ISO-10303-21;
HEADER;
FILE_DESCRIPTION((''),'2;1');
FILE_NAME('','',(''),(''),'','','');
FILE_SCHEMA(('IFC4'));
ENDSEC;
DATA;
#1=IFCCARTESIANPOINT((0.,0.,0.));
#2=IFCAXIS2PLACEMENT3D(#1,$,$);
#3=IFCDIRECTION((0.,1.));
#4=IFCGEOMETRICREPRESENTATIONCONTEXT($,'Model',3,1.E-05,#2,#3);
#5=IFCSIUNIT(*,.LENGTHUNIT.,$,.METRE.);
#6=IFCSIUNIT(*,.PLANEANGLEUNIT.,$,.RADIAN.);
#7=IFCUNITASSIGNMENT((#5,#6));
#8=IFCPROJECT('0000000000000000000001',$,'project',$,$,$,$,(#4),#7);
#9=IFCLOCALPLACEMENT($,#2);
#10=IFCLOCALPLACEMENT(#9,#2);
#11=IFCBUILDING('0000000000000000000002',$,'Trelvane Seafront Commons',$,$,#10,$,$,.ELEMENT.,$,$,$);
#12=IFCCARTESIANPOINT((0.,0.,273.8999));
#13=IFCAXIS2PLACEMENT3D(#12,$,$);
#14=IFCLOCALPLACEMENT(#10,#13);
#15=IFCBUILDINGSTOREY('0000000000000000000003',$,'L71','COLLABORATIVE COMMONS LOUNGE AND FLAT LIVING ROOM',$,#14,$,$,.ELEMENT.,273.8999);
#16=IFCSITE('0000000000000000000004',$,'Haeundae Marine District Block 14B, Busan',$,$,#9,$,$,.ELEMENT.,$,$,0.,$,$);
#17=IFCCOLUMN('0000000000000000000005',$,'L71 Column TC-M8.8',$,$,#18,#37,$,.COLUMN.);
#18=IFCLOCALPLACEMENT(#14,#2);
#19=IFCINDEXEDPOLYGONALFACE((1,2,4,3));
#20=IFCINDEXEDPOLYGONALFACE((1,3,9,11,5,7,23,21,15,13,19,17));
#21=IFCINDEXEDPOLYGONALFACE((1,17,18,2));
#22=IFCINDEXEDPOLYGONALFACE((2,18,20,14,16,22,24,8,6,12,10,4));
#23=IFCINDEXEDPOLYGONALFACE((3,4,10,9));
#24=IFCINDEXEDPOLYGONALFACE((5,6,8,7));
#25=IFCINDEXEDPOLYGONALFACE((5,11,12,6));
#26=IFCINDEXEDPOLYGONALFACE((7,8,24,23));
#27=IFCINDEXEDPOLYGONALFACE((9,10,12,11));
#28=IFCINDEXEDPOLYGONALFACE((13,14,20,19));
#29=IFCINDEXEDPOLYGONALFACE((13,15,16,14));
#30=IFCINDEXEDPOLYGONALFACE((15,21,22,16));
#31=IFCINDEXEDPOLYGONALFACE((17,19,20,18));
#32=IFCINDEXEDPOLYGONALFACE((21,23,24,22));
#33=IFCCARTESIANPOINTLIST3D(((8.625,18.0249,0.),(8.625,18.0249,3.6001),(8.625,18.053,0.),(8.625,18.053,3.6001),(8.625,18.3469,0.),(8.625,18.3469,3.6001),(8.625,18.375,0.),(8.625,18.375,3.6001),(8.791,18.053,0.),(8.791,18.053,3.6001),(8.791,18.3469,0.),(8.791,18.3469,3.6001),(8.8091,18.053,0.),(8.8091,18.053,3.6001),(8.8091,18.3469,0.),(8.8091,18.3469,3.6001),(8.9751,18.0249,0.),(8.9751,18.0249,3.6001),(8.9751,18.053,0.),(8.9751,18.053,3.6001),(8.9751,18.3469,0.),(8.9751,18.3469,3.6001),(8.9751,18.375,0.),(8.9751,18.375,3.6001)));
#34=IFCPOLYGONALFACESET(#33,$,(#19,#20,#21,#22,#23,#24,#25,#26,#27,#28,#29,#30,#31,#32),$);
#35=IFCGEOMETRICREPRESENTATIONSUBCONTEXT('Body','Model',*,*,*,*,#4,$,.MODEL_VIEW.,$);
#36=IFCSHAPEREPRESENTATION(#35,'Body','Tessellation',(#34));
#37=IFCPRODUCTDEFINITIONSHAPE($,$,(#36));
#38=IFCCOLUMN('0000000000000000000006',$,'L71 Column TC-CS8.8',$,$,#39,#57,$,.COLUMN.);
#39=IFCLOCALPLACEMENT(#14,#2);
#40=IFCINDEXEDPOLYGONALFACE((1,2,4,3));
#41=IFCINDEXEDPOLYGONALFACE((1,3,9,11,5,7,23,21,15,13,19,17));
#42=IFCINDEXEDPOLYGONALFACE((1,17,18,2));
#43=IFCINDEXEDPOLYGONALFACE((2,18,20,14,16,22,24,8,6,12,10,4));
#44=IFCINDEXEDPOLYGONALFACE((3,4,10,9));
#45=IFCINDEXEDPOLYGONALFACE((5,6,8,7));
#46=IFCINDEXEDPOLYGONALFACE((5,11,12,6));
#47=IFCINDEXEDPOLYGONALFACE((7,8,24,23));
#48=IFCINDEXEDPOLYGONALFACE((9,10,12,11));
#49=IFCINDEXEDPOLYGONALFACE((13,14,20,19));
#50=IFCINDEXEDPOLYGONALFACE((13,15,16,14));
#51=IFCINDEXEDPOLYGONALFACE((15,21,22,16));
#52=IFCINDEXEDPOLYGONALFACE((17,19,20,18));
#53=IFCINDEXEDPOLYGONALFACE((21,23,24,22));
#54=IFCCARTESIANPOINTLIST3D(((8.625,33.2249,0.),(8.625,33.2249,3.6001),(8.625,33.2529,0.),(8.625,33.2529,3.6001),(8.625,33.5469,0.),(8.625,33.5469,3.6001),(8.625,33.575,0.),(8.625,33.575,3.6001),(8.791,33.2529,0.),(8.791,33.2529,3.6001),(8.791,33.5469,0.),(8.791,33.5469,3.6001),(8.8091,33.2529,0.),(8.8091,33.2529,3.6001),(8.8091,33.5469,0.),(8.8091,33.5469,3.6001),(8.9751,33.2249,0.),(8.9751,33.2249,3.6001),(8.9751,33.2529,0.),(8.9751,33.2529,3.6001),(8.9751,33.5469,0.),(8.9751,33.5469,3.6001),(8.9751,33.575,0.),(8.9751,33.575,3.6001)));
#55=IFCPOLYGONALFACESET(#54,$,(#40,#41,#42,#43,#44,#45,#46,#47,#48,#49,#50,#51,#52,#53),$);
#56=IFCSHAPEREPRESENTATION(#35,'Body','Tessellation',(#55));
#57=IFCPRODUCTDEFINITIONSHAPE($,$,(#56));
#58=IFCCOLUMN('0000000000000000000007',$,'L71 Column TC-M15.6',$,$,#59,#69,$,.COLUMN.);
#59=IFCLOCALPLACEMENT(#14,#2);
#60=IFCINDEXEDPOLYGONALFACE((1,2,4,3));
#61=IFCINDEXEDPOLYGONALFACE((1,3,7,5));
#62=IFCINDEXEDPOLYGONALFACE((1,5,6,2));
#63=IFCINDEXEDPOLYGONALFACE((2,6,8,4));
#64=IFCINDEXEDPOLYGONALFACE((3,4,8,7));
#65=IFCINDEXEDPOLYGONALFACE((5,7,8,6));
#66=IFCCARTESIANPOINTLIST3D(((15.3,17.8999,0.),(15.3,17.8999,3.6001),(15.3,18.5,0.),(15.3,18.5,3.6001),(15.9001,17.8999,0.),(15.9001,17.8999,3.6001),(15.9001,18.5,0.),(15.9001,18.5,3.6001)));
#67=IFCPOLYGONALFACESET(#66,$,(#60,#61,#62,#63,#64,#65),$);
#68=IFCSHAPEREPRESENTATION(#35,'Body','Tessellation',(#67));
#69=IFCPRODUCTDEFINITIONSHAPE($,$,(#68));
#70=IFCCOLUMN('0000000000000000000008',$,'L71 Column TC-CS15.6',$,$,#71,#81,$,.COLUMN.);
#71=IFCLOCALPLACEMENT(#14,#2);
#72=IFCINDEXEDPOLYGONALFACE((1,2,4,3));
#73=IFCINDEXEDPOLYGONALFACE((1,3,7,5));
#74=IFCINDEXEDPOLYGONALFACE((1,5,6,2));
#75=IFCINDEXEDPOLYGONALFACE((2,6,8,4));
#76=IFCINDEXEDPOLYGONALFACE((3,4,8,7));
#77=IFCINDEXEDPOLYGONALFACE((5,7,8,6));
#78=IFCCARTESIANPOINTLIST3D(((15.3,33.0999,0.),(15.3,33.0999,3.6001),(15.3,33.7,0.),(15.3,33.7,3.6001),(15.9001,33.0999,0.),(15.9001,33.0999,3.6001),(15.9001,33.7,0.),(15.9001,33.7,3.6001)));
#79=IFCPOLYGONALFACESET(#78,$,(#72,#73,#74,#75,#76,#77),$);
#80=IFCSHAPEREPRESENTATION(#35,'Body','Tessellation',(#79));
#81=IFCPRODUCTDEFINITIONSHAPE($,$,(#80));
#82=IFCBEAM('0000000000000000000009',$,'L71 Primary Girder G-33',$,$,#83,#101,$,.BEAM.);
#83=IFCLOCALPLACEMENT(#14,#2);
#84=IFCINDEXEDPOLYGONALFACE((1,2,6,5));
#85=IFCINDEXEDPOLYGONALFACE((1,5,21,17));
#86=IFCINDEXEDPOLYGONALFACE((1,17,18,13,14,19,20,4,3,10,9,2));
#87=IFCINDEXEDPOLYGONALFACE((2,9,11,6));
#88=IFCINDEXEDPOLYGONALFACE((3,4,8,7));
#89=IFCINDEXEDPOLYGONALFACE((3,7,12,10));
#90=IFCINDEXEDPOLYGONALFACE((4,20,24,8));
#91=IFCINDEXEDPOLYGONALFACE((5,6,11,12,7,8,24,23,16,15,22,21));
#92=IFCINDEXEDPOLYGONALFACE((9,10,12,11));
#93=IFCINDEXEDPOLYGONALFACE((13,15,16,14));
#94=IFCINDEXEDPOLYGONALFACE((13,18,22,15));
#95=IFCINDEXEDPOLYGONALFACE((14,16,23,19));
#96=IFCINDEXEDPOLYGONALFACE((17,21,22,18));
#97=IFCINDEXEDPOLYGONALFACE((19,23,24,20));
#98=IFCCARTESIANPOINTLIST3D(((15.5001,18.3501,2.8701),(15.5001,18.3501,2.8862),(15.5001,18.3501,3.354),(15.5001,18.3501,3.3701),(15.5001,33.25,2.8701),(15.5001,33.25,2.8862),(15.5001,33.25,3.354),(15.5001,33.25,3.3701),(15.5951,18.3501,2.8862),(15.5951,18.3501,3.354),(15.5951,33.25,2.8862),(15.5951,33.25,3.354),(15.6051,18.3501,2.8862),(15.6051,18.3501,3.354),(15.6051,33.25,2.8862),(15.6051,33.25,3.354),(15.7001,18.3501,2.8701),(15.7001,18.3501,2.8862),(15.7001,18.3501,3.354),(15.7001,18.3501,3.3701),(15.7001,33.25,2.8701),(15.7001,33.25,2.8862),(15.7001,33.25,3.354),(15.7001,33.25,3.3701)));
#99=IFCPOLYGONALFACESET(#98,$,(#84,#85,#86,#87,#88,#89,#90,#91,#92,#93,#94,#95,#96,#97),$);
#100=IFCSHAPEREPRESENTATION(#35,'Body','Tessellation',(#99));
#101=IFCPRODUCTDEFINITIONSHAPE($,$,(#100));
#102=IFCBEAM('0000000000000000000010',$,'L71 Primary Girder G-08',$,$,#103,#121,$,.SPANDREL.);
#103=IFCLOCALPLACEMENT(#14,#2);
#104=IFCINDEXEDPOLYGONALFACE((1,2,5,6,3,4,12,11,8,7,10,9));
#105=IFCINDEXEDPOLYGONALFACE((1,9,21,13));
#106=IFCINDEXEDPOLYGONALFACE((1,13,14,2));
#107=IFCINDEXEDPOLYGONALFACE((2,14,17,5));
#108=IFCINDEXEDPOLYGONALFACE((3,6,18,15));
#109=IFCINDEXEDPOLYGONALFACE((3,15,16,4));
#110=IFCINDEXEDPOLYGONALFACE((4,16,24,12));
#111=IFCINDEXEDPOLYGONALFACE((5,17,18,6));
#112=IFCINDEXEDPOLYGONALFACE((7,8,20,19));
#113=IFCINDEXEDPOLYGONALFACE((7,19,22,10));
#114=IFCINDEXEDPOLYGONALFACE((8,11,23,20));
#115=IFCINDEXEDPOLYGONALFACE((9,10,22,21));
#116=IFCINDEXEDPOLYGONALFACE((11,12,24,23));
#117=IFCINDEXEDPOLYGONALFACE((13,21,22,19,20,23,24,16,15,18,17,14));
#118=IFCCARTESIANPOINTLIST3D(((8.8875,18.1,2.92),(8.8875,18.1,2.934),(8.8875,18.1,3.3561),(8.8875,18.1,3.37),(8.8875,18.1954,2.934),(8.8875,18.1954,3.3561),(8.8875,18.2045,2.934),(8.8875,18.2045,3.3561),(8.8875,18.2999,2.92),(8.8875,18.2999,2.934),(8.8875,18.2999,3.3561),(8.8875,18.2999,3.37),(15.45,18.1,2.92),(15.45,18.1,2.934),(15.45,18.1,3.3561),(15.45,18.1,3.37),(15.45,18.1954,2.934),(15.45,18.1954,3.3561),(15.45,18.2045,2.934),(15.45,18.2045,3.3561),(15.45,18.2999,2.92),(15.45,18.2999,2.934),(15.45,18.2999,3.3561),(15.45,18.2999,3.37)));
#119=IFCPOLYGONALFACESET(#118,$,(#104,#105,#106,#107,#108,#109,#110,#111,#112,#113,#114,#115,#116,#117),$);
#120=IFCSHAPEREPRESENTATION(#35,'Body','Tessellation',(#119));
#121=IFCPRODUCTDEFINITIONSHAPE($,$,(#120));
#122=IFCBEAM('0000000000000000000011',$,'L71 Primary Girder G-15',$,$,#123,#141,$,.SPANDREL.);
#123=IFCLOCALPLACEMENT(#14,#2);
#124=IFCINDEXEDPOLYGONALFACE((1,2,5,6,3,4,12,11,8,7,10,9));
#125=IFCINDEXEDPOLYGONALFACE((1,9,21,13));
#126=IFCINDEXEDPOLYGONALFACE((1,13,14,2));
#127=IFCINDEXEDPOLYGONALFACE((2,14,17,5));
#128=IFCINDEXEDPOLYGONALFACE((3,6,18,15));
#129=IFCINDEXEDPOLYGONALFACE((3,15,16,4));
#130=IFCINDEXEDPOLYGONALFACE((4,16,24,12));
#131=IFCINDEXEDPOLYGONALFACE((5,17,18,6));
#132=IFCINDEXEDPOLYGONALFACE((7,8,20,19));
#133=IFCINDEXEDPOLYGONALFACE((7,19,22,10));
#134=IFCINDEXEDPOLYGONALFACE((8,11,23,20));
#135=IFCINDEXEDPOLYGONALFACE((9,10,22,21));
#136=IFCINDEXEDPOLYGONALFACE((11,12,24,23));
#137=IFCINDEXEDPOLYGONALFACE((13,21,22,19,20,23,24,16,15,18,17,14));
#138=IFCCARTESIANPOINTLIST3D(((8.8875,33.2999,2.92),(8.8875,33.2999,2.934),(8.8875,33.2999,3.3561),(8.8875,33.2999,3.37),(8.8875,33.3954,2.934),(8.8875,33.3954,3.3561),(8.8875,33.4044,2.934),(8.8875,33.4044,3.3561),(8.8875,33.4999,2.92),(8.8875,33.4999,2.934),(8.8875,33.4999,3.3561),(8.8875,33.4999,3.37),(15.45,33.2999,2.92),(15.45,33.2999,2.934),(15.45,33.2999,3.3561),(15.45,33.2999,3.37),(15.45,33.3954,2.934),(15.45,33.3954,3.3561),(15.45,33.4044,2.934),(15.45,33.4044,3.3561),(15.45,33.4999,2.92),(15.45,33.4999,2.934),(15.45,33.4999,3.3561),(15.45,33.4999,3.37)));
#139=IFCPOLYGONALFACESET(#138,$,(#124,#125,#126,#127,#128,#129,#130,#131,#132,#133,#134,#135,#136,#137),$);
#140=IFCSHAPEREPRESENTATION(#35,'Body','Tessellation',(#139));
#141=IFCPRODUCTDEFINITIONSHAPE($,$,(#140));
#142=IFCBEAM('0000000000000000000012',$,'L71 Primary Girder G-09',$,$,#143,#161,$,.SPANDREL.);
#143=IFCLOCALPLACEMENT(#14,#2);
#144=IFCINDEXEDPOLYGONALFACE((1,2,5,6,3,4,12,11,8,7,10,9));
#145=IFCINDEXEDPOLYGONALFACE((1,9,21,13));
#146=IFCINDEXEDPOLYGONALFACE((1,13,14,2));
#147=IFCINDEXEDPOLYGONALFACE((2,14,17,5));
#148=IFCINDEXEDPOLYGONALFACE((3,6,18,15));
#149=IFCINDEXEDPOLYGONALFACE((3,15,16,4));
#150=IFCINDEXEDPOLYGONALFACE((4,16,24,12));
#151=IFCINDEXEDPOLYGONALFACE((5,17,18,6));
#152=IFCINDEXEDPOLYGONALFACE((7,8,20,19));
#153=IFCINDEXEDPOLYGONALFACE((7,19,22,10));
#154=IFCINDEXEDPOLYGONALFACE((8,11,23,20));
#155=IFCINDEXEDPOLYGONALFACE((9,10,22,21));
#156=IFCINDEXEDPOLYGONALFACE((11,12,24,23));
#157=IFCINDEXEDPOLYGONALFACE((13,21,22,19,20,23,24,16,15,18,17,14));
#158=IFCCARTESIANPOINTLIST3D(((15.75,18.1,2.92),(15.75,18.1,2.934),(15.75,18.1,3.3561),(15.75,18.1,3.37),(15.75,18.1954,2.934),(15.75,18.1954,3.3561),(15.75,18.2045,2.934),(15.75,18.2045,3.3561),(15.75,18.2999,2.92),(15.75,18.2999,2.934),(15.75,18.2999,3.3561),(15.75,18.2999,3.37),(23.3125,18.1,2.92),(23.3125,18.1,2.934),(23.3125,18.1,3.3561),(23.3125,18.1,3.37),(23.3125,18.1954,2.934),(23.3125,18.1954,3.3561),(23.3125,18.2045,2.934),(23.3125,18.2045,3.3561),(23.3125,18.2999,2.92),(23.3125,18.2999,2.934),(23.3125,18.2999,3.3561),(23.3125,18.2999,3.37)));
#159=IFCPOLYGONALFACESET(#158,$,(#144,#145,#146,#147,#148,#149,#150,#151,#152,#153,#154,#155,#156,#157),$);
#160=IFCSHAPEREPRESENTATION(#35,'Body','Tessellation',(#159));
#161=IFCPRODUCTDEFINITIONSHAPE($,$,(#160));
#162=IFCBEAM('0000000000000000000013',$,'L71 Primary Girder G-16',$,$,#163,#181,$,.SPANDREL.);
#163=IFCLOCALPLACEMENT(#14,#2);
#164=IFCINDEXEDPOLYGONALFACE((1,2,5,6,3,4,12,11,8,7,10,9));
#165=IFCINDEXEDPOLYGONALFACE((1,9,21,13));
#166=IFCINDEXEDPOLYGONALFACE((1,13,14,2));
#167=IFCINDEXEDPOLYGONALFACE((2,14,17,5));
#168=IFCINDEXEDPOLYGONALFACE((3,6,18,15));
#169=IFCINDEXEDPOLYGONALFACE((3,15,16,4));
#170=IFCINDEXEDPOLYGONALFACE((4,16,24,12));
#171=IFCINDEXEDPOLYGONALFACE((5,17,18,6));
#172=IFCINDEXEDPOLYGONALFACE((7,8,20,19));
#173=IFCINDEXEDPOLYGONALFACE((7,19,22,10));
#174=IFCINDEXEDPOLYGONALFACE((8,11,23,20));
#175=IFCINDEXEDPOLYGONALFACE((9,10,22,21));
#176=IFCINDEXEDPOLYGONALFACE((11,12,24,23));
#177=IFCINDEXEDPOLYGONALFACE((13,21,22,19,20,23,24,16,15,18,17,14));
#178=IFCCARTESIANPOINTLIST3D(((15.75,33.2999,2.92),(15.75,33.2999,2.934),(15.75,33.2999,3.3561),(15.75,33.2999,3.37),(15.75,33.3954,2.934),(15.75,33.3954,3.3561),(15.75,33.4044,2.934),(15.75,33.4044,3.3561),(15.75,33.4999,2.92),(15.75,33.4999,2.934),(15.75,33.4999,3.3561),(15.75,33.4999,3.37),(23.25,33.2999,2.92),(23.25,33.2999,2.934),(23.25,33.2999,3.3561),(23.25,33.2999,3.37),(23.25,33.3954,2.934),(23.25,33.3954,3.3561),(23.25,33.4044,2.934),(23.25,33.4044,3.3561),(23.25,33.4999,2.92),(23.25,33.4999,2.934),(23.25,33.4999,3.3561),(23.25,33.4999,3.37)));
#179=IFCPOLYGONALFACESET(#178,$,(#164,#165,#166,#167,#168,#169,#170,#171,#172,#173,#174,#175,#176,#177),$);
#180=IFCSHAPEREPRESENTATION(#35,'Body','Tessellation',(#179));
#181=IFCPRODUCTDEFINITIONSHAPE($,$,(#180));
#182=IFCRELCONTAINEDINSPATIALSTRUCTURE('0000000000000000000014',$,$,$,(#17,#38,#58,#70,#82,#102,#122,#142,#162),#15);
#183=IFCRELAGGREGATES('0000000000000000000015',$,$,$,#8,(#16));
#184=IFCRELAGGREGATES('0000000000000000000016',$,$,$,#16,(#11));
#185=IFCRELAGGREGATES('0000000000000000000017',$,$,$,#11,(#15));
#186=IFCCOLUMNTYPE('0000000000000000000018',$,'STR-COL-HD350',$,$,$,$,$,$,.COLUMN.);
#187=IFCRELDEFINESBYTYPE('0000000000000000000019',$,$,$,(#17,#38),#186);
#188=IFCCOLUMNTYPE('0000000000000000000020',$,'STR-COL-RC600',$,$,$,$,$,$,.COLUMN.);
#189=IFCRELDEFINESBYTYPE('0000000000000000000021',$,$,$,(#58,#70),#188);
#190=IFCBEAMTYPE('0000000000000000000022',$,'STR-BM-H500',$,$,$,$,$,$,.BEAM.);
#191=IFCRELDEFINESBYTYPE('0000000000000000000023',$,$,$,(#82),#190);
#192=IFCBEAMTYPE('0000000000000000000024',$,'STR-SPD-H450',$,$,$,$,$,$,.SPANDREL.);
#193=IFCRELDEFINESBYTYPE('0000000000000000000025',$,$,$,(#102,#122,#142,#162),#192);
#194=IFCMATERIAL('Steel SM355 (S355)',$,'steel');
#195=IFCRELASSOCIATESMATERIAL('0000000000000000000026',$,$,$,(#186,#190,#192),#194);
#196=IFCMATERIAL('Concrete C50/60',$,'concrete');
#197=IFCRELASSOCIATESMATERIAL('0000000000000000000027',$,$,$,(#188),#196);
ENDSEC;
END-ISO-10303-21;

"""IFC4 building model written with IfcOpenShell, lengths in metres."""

from ifc_helpers import new_model, si_unit, direction, frame, origin, origin_2d, place, context, subcontext, project, spatial, rectangle, i_section, extrude, source, transform, mapped, material, material_profile, profile_set, type_object, element, save


model = new_model("IFC4")

# Units and contexts
model_context = context("Model", 3, precision=1e-05, world=origin(), true_north=direction((0.0, 1.0)))
body_context = subcontext(model_context, "Body", "Model", "MODEL_VIEW")
ifc_project = project(units=[si_unit("LENGTHUNIT", "METRE"), si_unit("PLANEANGLEUNIT", "RADIAN")], contexts=[model_context])

# Site, building, storey
site_placement = place(None, origin())
site = spatial("IfcSite", under=ifc_project, at=site_placement, Name="Haeundae Marine District Block 14B, Busan", CompositionType="ELEMENT", RefElevation=0.0)
building_placement = place(site_placement, origin())
building = spatial("IfcBuilding", under=site, at=building_placement, Name="Trelvane Seafront Commons", CompositionType="ELEMENT")
storey_placement = place(building_placement, frame((0.0, 0.0, 273.8999)))
storey = spatial("IfcBuildingStorey", under=building, at=storey_placement, Name="L71", Description="COLLABORATIVE COMMONS LOUNGE AND FLAT LIVING ROOM", CompositionType="ELEMENT", Elevation=273.8999)

# Columns
ifc_material_1 = material(Name="Steel SM355 (S355)", Category="steel")
ifc_material_profile_1 = material_profile(ifc_material_1, i_section(OverallWidth=0.3501, OverallDepth=0.3501, WebThickness=0.0181, FlangeThickness=0.0281, at=origin_2d()), Name="HD-350x350x18x28")
ifc_profile_set_1 = profile_set([ifc_material_profile_1], Name="Steel SM355 (S355)")
column_type_1 = type_object("IfcColumnType", Name="STR-COL-HD350", PredefinedType="COLUMN", material=ifc_profile_set_1)
shared_shape_1 = source(origin(), body_context, "Body", "SweptSolid", [
    extrude(i_section(OverallWidth=0.3501, OverallDepth=0.3501, WebThickness=0.0181, FlangeThickness=0.0281, at=origin_2d()), origin(), (0.0, 0.0, 1.0), 3.6001),
])
for number, where, z_axis, x_axis, name in (
    (1, (8.8, 18.2, 0.0), (0.0, 0.0, 1.0), (1.0, 0.0, 0.0), "L71 Column TC-M8.8"),
    (2, (8.8, 33.3999, 0.0), (0.0, 0.0, 1.0), (1.0, 0.0, 0.0), "L71 Column TC-CS8.8"),
):
    element("IfcColumn", number, at=place(storey_placement, frame(where, z_axis=z_axis, x_axis=x_axis)), inside=storey, type_object=column_type_1, Name=name, PredefinedType="COLUMN", context=body_context, shape_type="MappedRepresentation", body=[
        mapped(shared_shape_1, transform((0.0, 0.0, 0.0), x_axis=(1.0, 0.0, 0.0), y_axis=(0.0, 1.0, 0.0), z_axis=(0.0, 0.0, 1.0), scale=1.0)),
    ])
ifc_material_2 = material(Name="Concrete C50/60", Category="concrete")
ifc_material_profile_2 = material_profile(ifc_material_2, rectangle(XDim=0.6001, YDim=0.6001, at=origin_2d()), Name="RC-600x600")
ifc_profile_set_2 = profile_set([ifc_material_profile_2], Name="Concrete C50/60")
column_type_2 = type_object("IfcColumnType", Name="STR-COL-RC600", PredefinedType="COLUMN", material=ifc_profile_set_2)
shared_shape_2 = source(origin(), body_context, "Body", "SweptSolid", [
    extrude(rectangle(XDim=0.6001, YDim=0.6001, at=origin_2d()), origin(), (0.0, 0.0, 1.0), 3.6001),
])
for number, where, z_axis, x_axis, name in (
    (3, (15.6001, 18.2, 0.0), (0.0, 0.0, 1.0), (1.0, 0.0, 0.0), "L71 Column TC-M15.6"),
    (4, (15.6001, 33.3999, 0.0), (0.0, 0.0, 1.0), (1.0, 0.0, 0.0), "L71 Column TC-CS15.6"),
):
    element("IfcColumn", number, at=place(storey_placement, frame(where, z_axis=z_axis, x_axis=x_axis)), inside=storey, type_object=column_type_2, Name=name, PredefinedType="COLUMN", context=body_context, shape_type="MappedRepresentation", body=[
        mapped(shared_shape_2, transform((0.0, 0.0, 0.0), x_axis=(1.0, 0.0, 0.0), y_axis=(0.0, 1.0, 0.0), z_axis=(0.0, 0.0, 1.0), scale=1.0)),
    ])

# Beams
ifc_material_profile_3 = material_profile(ifc_material_1, i_section(OverallWidth=0.2, OverallDepth=0.5, WebThickness=0.01, FlangeThickness=0.0161, at=origin_2d()), Name="H-500x200x10x16")
ifc_profile_set_3 = profile_set([ifc_material_profile_3], Name="Steel SM355 (S355)")
beam_type_1 = type_object("IfcBeamType", Name="STR-BM-H500", PredefinedType="BEAM", material=ifc_profile_set_3)
shared_shape_3 = source(origin(), body_context, "Body", "SweptSolid", [
    extrude(i_section(OverallWidth=0.2, OverallDepth=0.5, WebThickness=0.01, FlangeThickness=0.0161, at=origin_2d()), origin(), (0.0, 0.0, 1.0), 14.8999),
])
beam_1_placement = place(storey_placement, frame((15.6001, 18.3501, 3.1201), z_axis=(0.0, 1.0, 0.0), x_axis=(-1.0, 0.0, 0.0)))
element("IfcBeam", 5, at=beam_1_placement, inside=storey, type_object=beam_type_1, Name="L71 Primary Girder G-33", PredefinedType="BEAM", context=body_context, shape_type="MappedRepresentation", body=[
    mapped(shared_shape_3, transform((0.0, 0.0, 0.0), x_axis=(1.0, 0.0, 0.0), y_axis=(0.0, 1.0, 0.0), z_axis=(0.0, 0.0, 1.0), scale=1.0)),
])
ifc_material_profile_4 = material_profile(ifc_material_1, i_section(OverallWidth=0.2, OverallDepth=0.45, WebThickness=0.009, FlangeThickness=0.0139, at=origin_2d()), Name="H-450x200x9x14")
ifc_profile_set_4 = profile_set([ifc_material_profile_4], Name="Steel SM355 (S355)")
beam_type_2 = type_object("IfcBeamType", Name="STR-SPD-H450", PredefinedType="SPANDREL", material=ifc_profile_set_4)
shared_shape_4 = source(origin(), body_context, "Body", "SweptSolid", [
    extrude(i_section(OverallWidth=0.2, OverallDepth=0.45, WebThickness=0.009, FlangeThickness=0.0139, at=origin_2d()), origin(), (0.0, 0.0, 1.0), 6.5625),
])
for number, where, z_axis, x_axis, name in (
    (6, (8.8875, 18.2, 3.145), (1.0, 0.0, 0.0), (0.0, 1.0, 0.0), "L71 Primary Girder G-08"),
    (7, (8.8875, 33.3999, 3.145), (1.0, 0.0, 0.0), (0.0, 1.0, 0.0), "L71 Primary Girder G-15"),
):
    element("IfcBeam", number, at=place(storey_placement, frame(where, z_axis=z_axis, x_axis=x_axis)), inside=storey, type_object=beam_type_2, Name=name, PredefinedType="SPANDREL", context=body_context, shape_type="MappedRepresentation", body=[
        mapped(shared_shape_4, transform((0.0, 0.0, 0.0), x_axis=(1.0, 0.0, 0.0), y_axis=(0.0, 1.0, 0.0), z_axis=(0.0, 0.0, 1.0), scale=1.0)),
    ])
shared_shape_5 = source(origin(), body_context, "Body", "SweptSolid", [
    extrude(i_section(OverallWidth=0.2, OverallDepth=0.45, WebThickness=0.009, FlangeThickness=0.0139, at=origin_2d()), origin(), (0.0, 0.0, 1.0), 7.5625),
])
beam_2_placement = place(storey_placement, frame((15.75, 18.2, 3.145), z_axis=(1.0, 0.0, 0.0), x_axis=(0.0, 1.0, 0.0)))
element("IfcBeam", 8, at=beam_2_placement, inside=storey, type_object=beam_type_2, Name="L71 Primary Girder G-09", PredefinedType="SPANDREL", context=body_context, shape_type="MappedRepresentation", body=[
    mapped(shared_shape_5, transform((0.0, 0.0, 0.0), x_axis=(1.0, 0.0, 0.0), y_axis=(0.0, 1.0, 0.0), z_axis=(0.0, 0.0, 1.0), scale=1.0)),
])
shared_shape_6 = source(origin(), body_context, "Body", "SweptSolid", [
    extrude(i_section(OverallWidth=0.2, OverallDepth=0.45, WebThickness=0.009, FlangeThickness=0.0139, at=origin_2d()), origin(), (0.0, 0.0, 1.0), 7.5),
])
beam_3_placement = place(storey_placement, frame((15.75, 33.3999, 3.145), z_axis=(1.0, 0.0, 0.0), x_axis=(0.0, 1.0, 0.0)))
element("IfcBeam", 9, at=beam_3_placement, inside=storey, type_object=beam_type_2, Name="L71 Primary Girder G-16", PredefinedType="SPANDREL", context=body_context, shape_type="MappedRepresentation", body=[
    mapped(shared_shape_6, transform((0.0, 0.0, 0.0), x_axis=(1.0, 0.0, 0.0), y_axis=(0.0, 1.0, 0.0), z_axis=(0.0, 0.0, 1.0), scale=1.0)),
])

save(model, "model.ifc")
